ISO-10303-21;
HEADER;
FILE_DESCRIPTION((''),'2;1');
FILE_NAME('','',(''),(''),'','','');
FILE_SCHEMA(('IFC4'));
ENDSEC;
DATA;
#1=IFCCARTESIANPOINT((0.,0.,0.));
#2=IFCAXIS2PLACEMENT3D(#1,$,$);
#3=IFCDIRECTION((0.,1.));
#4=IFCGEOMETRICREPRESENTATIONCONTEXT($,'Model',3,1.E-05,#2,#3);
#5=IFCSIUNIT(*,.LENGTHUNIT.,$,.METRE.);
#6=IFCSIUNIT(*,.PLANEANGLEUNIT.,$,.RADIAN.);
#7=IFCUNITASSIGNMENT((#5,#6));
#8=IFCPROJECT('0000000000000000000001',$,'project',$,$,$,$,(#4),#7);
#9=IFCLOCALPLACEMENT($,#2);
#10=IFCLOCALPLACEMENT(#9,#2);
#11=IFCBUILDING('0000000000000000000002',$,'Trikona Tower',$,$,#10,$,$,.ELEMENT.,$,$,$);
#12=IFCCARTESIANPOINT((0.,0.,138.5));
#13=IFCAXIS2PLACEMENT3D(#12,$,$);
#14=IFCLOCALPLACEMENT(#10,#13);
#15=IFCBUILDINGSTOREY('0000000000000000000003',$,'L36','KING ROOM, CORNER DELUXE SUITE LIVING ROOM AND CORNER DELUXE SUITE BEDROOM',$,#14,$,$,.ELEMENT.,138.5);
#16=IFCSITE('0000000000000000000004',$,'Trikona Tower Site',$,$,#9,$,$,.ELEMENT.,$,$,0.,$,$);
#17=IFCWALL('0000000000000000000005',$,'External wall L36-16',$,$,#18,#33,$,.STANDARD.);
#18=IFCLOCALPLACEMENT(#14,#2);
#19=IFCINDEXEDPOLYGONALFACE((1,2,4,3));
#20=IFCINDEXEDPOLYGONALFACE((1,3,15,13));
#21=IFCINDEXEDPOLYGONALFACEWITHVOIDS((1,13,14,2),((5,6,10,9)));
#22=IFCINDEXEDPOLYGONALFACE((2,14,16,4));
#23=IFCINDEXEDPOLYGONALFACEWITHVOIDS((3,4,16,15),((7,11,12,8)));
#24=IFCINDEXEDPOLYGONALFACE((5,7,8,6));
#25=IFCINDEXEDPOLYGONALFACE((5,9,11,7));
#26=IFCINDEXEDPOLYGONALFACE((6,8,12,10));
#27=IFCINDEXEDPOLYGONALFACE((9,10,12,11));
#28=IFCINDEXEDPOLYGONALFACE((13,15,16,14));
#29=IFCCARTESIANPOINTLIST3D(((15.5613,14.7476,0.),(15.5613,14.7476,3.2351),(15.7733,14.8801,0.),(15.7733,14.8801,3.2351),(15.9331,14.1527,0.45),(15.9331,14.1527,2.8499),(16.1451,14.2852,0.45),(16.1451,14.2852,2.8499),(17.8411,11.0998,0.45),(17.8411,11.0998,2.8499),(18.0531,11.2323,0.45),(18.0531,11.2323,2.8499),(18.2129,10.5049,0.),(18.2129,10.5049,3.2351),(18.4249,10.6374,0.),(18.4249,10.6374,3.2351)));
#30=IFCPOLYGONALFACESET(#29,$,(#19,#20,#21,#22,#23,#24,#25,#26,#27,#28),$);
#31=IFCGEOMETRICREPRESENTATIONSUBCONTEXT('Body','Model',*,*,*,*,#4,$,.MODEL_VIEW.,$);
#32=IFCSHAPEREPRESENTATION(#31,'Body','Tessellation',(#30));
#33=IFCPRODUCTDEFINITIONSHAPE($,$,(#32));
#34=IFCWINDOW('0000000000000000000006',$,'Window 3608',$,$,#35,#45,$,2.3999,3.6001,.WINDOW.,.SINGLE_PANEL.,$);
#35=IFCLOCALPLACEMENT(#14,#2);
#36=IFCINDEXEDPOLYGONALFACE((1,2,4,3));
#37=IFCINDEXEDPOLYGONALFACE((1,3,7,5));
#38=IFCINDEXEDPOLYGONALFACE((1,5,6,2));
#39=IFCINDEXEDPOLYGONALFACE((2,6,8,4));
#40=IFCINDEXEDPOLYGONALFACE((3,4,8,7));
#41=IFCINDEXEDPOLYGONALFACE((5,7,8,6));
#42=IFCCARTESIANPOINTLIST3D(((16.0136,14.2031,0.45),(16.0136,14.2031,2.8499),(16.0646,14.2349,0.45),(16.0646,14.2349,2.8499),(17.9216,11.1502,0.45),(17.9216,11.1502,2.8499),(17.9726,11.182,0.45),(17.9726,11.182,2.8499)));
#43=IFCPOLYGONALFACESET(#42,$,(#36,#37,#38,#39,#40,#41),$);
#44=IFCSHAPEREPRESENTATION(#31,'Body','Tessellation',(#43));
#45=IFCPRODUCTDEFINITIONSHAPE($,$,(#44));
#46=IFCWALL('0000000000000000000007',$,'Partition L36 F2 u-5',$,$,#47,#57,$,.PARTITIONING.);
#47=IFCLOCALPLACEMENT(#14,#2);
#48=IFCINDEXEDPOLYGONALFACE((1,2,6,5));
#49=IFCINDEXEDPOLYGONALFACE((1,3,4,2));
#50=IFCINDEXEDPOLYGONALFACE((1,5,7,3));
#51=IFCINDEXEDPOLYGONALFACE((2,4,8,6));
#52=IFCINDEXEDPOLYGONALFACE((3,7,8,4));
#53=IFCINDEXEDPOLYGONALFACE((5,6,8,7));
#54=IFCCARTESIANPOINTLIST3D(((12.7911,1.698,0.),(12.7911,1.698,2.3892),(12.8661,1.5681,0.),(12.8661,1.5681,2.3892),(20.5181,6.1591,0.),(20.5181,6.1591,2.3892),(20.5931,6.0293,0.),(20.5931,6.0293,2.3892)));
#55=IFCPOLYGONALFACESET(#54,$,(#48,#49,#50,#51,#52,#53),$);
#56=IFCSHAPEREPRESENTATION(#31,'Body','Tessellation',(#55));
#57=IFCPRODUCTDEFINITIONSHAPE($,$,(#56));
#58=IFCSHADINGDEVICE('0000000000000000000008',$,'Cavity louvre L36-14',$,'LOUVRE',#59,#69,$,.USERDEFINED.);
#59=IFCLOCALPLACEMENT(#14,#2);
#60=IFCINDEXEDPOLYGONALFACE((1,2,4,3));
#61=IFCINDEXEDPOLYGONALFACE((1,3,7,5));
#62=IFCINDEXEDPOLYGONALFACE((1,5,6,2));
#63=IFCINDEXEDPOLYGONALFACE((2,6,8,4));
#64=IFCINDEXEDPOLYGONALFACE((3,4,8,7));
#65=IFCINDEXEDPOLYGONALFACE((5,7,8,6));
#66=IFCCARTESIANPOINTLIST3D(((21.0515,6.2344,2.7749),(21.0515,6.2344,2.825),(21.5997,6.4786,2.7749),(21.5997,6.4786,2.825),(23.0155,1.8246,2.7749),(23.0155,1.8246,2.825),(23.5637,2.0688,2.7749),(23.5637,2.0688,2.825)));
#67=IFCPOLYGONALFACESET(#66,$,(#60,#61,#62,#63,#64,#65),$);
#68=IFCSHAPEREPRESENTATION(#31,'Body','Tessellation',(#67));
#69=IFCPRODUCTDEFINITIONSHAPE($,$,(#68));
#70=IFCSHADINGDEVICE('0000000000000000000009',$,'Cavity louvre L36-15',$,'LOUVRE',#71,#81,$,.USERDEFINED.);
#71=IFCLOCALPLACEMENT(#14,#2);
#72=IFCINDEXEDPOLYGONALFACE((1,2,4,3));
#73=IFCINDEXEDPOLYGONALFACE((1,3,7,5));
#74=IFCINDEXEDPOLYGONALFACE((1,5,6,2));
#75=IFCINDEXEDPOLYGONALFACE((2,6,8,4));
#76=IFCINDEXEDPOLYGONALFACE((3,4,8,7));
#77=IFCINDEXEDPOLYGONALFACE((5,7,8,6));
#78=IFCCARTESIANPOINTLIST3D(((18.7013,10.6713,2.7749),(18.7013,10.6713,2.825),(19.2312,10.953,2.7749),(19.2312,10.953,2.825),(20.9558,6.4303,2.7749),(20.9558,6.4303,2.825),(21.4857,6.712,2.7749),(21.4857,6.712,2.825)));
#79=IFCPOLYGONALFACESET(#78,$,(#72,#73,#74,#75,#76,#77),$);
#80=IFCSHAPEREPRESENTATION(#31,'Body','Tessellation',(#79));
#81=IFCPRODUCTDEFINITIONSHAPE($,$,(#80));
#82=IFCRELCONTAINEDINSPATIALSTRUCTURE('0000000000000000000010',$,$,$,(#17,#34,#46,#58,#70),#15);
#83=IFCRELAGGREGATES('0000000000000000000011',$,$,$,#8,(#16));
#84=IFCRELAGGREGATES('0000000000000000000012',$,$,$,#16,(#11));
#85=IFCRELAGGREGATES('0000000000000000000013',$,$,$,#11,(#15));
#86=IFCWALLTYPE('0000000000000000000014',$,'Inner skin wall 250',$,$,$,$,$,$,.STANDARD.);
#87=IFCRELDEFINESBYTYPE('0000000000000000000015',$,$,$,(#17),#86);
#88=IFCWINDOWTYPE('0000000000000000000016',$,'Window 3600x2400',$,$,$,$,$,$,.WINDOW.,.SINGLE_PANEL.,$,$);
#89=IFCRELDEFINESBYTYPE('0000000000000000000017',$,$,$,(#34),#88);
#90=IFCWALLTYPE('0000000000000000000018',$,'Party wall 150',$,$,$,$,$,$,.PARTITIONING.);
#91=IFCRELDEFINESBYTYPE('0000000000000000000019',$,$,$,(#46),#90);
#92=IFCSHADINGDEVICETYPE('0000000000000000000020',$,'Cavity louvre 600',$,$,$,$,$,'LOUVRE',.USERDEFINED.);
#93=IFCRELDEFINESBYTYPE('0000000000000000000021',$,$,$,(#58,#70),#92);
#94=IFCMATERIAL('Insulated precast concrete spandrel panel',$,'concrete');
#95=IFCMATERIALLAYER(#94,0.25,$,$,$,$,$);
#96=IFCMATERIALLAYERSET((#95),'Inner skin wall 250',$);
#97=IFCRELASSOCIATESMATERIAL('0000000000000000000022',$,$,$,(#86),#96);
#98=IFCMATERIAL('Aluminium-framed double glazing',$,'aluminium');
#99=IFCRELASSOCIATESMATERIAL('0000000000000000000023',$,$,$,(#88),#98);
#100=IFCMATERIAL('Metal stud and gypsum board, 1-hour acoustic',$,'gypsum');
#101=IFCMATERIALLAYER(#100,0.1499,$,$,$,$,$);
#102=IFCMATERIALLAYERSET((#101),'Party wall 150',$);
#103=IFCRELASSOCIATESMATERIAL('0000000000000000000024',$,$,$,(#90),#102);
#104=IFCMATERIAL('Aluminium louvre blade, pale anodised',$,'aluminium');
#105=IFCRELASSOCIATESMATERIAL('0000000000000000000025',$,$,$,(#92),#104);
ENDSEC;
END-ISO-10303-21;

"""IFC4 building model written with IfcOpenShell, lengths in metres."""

from ifc_helpers import new_model, si_unit, direction, frame, frame_2d, origin, origin_2d, place, context, subcontext, project, spatial, rectangle, extrude, material, layer, layer_set, type_object, element, fill, save


model = new_model("IFC4")

# Units and contexts
model_context = context("Model", 3, precision=1e-05, world=origin(), true_north=direction((0.0, 1.0)))
body_context = subcontext(model_context, "Body", "Model", "MODEL_VIEW")
ifc_project = project(units=[si_unit("LENGTHUNIT", "METRE"), si_unit("PLANEANGLEUNIT", "RADIAN")], contexts=[model_context])

# Site, building, storey
site_placement = place(None, origin())
site = spatial("IfcSite", under=ifc_project, at=site_placement, Name="Trikona Tower Site", CompositionType="ELEMENT", RefElevation=0.0)
building_placement = place(site_placement, origin())
building = spatial("IfcBuilding", under=site, at=building_placement, Name="Trikona Tower", CompositionType="ELEMENT")
storey_placement = place(building_placement, frame((0.0, 0.0, 138.5)))
storey = spatial("IfcBuildingStorey", under=building, at=storey_placement, Name="L36", Description="KING ROOM, CORNER DELUXE SUITE LIVING ROOM AND CORNER DELUXE SUITE BEDROOM", CompositionType="ELEMENT", Elevation=138.5)

# Wall, opening, window
ifc_material_1 = material(Name="Insulated precast concrete spandrel panel", Category="concrete")
ifc_layer_1 = layer(ifc_material_1, 0.25)
ifc_layer_set_1 = layer_set([ifc_layer_1], Name="Inner skin wall 250")
wall_type_1 = type_object("IfcWallType", Name="Inner skin wall 250", PredefinedType="STANDARD", material=ifc_layer_set_1)
ifc_material_2 = material(Name="Aluminium-framed double glazing", Category="aluminium")
window_type = type_object("IfcWindowType", Name="Window 3600x2400", PartitioningType="SINGLE_PANEL", PredefinedType="WINDOW", material=ifc_material_2)
wall_1_placement = place(storey_placement, frame((18.3188, 10.5713, 0.0), z_axis=(0.0, 0.0, 1.0), x_axis=(-0.52999, 0.848004, 0.0)))
wall_1 = element("IfcWall", 1, at=wall_1_placement, inside=storey, type_object=wall_type_1, Name="External wall L36-16", PredefinedType="STANDARD", context=body_context, shape_type="SweptSolid", body=[
    extrude(rectangle(XDim=5.0032, YDim=0.25, at=frame_2d((2.5015, 0.0))), origin(), (0.0, 0.0, 1.0), 3.2351),
])
opening_1_placement = place(wall_1_placement, frame((0.7014, 0.0, 0.45)))
opening_1 = element("IfcOpeningElement", 2, at=opening_1_placement, cuts=wall_1, PredefinedType="OPENING", context=body_context, shape_type="SweptSolid", body=[
    extrude(rectangle(XDim=3.6001, YDim=2.3999, at=frame_2d((1.8, 1.2))), frame((0.0, 0.135, 0.0), z_axis=(0.0, -1.0, 0.0), x_axis=(1.0, 0.0, 0.0)), (0.0, 0.0, 1.0), 0.27),
])
window_1_placement = place(opening_1_placement, origin())
window_1 = element("IfcWindow", 3, at=window_1_placement, inside=storey, type_object=window_type, Name="Window 3608", OverallHeight=2.3999, OverallWidth=3.6001, PartitioningType="SINGLE_PANEL", PredefinedType="WINDOW", context=body_context, shape_type="SweptSolid", body=[
    extrude(rectangle(XDim=3.6001, YDim=2.3999, at=frame_2d((1.8, 1.2))), frame((0.0, 0.03, 0.0), z_axis=(0.0, -1.0, 0.0), x_axis=(1.0, 0.0, 0.0)), (0.0, 0.0, 1.0), 0.0601),
])
fill(opening_1, window_1)

# Wall
ifc_material_3 = material(Name="Metal stud and gypsum board, 1-hour acoustic", Category="gypsum")
ifc_layer_2 = layer(ifc_material_3, 0.1499)
ifc_layer_set_2 = layer_set([ifc_layer_2], Name="Party wall 150")
wall_type_2 = type_object("IfcWallType", Name="Party wall 150", PredefinedType="PARTITIONING", material=ifc_layer_set_2)
wall_2_placement = place(storey_placement, frame((12.8286, 1.6331, 0.0), z_axis=(0.0, 0.0, 1.0), x_axis=(0.866027, 0.499997, 0.0)))
element("IfcWall", 4, at=wall_2_placement, inside=storey, type_object=wall_type_2, Name="Partition L36 F2 u-5", PredefinedType="PARTITIONING", context=body_context, shape_type="SweptSolid", body=[
    extrude(rectangle(XDim=8.9224, YDim=0.1499, at=frame_2d((4.4612, 0.0))), origin(), (0.0, 0.0, 1.0), 2.3892),
])

# Shading devices
ifc_material_4 = material(Name="Aluminium louvre blade, pale anodised", Category="aluminium")
shading_device_type = type_object("IfcShadingDeviceType", Name="Cavity louvre 600", ElementType="LOUVRE", PredefinedType="USERDEFINED", material=ifc_material_4)
shading_device_1_placement = place(storey_placement, frame((22.3076, 4.1516, 2.7749), z_axis=(0.0, 0.0, 1.0), x_axis=(-0.406843, 0.913498, 0.0)))
element("IfcShadingDevice", 5, at=shading_device_1_placement, inside=storey, type_object=shading_device_type, Name="Cavity louvre L36-14", ObjectType="LOUVRE", PredefinedType="USERDEFINED", context=body_context, shape_type="SweptSolid", body=[
    extrude(rectangle(XDim=4.8274, YDim=0.6001, at=origin_2d()), origin(), (0.0, 0.0, 1.0), 0.05),
])
shading_device_2_placement = place(storey_placement, frame((20.0935, 8.6917, 2.7749), z_axis=(0.0, 0.0, 1.0), x_axis=(-0.469398, 0.882987, 0.0)))
element("IfcShadingDevice", 6, at=shading_device_2_placement, inside=storey, type_object=shading_device_type, Name="Cavity louvre L36-15", ObjectType="LOUVRE", PredefinedType="USERDEFINED", context=body_context, shape_type="SweptSolid", body=[
    extrude(rectangle(XDim=4.803, YDim=0.6001, at=origin_2d()), origin(), (0.0, 0.0, 1.0), 0.05),
])

save(model, "model.ifc")
